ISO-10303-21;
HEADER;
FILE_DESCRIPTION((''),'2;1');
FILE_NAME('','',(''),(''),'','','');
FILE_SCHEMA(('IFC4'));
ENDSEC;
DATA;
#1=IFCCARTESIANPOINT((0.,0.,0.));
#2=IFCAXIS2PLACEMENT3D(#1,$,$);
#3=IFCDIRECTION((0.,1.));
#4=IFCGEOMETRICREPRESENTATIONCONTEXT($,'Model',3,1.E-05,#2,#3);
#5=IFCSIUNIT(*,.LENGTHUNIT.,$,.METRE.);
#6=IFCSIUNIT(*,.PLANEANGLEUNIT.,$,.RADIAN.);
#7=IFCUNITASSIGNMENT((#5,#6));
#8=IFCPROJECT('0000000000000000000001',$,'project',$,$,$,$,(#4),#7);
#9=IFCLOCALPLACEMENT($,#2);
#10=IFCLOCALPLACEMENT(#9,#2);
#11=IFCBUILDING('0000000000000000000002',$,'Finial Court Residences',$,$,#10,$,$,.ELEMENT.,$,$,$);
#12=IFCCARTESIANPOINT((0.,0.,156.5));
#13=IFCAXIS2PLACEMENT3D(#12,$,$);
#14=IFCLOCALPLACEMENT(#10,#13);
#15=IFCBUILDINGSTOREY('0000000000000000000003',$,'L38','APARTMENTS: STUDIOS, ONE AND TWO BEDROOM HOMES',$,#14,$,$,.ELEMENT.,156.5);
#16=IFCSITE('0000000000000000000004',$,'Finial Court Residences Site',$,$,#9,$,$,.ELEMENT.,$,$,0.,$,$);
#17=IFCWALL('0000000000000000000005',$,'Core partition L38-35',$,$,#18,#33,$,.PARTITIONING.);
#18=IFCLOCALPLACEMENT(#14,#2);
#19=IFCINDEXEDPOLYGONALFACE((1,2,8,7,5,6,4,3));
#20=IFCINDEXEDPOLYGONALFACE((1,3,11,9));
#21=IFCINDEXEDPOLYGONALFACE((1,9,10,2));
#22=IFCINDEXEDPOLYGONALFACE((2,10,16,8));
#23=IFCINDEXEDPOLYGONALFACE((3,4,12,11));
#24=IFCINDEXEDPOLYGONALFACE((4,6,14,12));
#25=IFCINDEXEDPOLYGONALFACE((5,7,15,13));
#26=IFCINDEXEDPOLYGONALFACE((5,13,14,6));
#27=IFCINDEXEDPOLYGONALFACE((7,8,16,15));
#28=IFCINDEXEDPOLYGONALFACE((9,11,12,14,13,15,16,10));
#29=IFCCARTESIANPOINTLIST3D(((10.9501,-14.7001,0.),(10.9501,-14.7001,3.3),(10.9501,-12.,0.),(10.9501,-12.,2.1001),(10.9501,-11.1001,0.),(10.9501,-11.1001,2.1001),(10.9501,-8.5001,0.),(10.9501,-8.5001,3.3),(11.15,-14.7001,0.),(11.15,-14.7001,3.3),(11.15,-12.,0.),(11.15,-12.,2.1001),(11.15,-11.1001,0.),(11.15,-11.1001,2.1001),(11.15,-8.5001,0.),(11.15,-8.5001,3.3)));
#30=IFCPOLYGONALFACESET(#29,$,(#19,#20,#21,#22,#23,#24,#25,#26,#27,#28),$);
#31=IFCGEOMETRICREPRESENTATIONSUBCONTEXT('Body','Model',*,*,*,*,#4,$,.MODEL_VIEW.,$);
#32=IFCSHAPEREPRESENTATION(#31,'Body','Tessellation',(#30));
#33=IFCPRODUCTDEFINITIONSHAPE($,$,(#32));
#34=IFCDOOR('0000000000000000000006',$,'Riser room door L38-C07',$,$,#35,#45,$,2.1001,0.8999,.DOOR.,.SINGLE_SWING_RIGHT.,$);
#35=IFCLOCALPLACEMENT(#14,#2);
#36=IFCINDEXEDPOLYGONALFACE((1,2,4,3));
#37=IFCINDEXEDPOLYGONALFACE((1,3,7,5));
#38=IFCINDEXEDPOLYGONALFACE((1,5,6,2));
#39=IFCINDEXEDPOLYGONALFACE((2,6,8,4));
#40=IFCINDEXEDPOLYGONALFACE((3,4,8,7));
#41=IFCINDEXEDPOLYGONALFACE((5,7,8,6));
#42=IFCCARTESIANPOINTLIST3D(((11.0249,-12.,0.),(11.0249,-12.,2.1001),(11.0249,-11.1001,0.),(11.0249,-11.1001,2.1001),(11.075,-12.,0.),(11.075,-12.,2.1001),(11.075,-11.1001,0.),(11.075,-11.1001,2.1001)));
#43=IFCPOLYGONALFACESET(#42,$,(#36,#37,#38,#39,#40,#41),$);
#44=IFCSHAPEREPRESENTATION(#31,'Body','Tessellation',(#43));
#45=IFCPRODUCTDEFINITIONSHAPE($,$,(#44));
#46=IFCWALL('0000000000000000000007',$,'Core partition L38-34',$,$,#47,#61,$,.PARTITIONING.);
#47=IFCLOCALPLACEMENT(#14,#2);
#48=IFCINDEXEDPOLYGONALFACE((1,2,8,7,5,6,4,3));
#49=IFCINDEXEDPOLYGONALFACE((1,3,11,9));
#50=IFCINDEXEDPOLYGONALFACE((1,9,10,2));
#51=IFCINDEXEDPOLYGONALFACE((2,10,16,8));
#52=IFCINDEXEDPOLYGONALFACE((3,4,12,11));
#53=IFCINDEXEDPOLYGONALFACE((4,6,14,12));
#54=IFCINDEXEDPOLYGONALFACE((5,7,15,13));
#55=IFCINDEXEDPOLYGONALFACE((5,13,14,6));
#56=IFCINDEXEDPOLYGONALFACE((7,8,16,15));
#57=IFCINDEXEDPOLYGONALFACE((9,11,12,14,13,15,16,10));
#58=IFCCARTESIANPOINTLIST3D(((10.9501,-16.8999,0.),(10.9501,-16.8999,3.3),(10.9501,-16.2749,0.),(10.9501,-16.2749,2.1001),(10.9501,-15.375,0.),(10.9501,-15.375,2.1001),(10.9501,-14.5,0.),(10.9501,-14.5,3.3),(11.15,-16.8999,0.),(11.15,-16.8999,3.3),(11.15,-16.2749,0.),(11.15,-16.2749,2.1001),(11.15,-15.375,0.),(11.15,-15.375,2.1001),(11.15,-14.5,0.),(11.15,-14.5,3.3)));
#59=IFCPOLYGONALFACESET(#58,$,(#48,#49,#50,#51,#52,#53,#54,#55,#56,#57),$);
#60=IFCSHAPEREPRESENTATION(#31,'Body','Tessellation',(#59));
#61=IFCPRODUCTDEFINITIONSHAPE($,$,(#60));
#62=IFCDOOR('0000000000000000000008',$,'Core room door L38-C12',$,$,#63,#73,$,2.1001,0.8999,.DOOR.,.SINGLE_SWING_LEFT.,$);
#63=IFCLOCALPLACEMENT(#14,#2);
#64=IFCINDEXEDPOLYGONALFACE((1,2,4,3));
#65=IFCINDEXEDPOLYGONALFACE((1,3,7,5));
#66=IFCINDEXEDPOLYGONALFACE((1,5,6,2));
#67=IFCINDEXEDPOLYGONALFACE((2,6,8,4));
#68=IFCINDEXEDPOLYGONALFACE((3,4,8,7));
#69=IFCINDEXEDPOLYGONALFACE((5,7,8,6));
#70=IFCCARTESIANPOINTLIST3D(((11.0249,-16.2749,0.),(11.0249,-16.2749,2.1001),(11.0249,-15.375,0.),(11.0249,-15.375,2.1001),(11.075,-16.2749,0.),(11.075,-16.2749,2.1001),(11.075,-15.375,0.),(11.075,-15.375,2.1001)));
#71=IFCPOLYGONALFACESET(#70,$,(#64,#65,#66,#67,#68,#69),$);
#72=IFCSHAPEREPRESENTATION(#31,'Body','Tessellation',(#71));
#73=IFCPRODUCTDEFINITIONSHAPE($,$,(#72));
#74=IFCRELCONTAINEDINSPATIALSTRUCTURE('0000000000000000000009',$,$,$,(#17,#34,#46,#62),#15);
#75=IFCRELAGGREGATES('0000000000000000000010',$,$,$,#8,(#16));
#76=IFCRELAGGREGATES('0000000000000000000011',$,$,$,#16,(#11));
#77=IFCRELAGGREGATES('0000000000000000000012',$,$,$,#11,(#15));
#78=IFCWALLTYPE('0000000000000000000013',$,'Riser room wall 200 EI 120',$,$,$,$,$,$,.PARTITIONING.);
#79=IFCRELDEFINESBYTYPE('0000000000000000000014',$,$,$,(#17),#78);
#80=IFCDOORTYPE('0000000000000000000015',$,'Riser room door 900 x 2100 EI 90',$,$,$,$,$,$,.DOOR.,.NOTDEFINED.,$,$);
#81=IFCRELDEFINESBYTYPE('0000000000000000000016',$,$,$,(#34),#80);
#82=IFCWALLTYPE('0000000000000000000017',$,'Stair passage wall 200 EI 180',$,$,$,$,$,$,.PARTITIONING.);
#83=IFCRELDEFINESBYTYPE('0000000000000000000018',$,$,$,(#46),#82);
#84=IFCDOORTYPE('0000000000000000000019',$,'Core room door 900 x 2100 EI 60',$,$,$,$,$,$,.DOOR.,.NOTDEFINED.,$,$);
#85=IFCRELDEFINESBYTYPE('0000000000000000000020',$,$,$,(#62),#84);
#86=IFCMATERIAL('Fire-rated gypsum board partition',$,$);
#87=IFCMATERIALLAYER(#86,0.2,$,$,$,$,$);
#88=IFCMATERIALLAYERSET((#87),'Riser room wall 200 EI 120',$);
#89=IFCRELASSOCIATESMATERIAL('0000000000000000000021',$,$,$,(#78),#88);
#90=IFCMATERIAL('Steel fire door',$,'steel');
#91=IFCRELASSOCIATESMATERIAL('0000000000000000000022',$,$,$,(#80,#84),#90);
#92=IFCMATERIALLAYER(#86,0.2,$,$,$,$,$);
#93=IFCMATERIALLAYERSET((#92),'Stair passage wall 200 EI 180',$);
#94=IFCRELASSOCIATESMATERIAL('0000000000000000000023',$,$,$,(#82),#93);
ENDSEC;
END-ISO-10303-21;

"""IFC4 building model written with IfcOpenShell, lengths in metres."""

from ifc_helpers import new_model, si_unit, direction, frame, frame_2d, origin, place, context, subcontext, project, spatial, rectangle, extrude, material, layer, layer_set, type_object, element, fill, save


model = new_model("IFC4")

# Units and contexts
model_context = context("Model", 3, precision=1e-05, world=origin(), true_north=direction((0.0, 1.0)))
body_context = subcontext(model_context, "Body", "Model", "MODEL_VIEW")
ifc_project = project(units=[si_unit("LENGTHUNIT", "METRE"), si_unit("PLANEANGLEUNIT", "RADIAN")], contexts=[model_context])

# Site, building, storey
site_placement = place(None, origin())
site = spatial("IfcSite", under=ifc_project, at=site_placement, Name="Finial Court Residences Site", CompositionType="ELEMENT", RefElevation=0.0)
building_placement = place(site_placement, origin())
building = spatial("IfcBuilding", under=site, at=building_placement, Name="Finial Court Residences", CompositionType="ELEMENT")
storey_placement = place(building_placement, frame((0.0, 0.0, 156.5)))
storey = spatial("IfcBuildingStorey", under=building, at=storey_placement, Name="L38", Description="APARTMENTS: STUDIOS, ONE AND TWO BEDROOM HOMES", CompositionType="ELEMENT", Elevation=156.5)

# Shared definitions
ifc_material_1 = material(Name="Fire-rated gypsum board partition")
ifc_material_2 = material(Name="Steel fire door", Category="steel")

# Shared definitions
ifc_layer_1 = layer(ifc_material_1, 0.2)
ifc_layer_set_1 = layer_set([ifc_layer_1], Name="Riser room wall 200 EI 120")
wall_type_1 = type_object("IfcWallType", Name="Riser room wall 200 EI 120", PredefinedType="PARTITIONING", material=ifc_layer_set_1)

# Shared definitions
door_type_1 = type_object("IfcDoorType", Name="Riser room door 900 x 2100 EI 90", OperationType="NOTDEFINED", PredefinedType="DOOR", material=ifc_material_2)

# Walls, openings, doors
wall_1_placement = place(storey_placement, frame((11.05, -8.5, 0.0), z_axis=(0.0, 0.0, 1.0), x_axis=(0.0, -1.0, 0.0)))
wall_1 = element("IfcWall", 1, at=wall_1_placement, inside=storey, type_object=wall_type_1, Name="Core partition L38-35", PredefinedType="PARTITIONING", context=body_context, shape_type="SweptSolid", body=[
    extrude(rectangle(XDim=6.2, YDim=0.2, at=frame_2d((3.1001, 0.0))), origin(), (0.0, 0.0, 1.0), 3.3),
])
opening_1_placement = place(wall_1_placement, frame((2.6001, 0.0, 0.0)))
opening_1 = element("IfcOpeningElement", 2, at=opening_1_placement, cuts=wall_1, PredefinedType="OPENING", context=body_context, shape_type="SweptSolid", body=[
    extrude(rectangle(XDim=0.8999, YDim=2.1001, at=frame_2d((0.45, 1.05))), frame((0.0, 0.1099, 0.0), z_axis=(0.0, -1.0, 0.0), x_axis=(1.0, 0.0, 0.0)), (0.0, 0.0, 1.0), 0.22),
])
door_1_placement = place(opening_1_placement, origin())
door_1 = element("IfcDoor", 3, at=door_1_placement, inside=storey, type_object=door_type_1, Name="Riser room door L38-C07", OperationType="SINGLE_SWING_RIGHT", OverallHeight=2.1001, OverallWidth=0.8999, PredefinedType="DOOR", context=body_context, shape_type="SweptSolid", body=[
    extrude(rectangle(XDim=0.8999, YDim=2.1001, at=frame_2d((0.45, 1.05))), frame((0.0, 0.0249, 0.0), z_axis=(0.0, -1.0, 0.0), x_axis=(1.0, 0.0, 0.0)), (0.0, 0.0, 1.0), 0.05),
])
fill(opening_1, door_1)
ifc_layer_2 = layer(ifc_material_1, 0.2)
ifc_layer_set_2 = layer_set([ifc_layer_2], Name="Stair passage wall 200 EI 180")
wall_type_2 = type_object("IfcWallType", Name="Stair passage wall 200 EI 180", PredefinedType="PARTITIONING", material=ifc_layer_set_2)
wall_2_placement = place(storey_placement, frame((11.05, -14.5, 0.0), z_axis=(0.0, 0.0, 1.0), x_axis=(0.0, -1.0, 0.0)))
wall_2 = element("IfcWall", 4, at=wall_2_placement, inside=storey, type_object=wall_type_2, Name="Core partition L38-34", PredefinedType="PARTITIONING", context=body_context, shape_type="SweptSolid", body=[
    extrude(rectangle(XDim=2.3999, YDim=0.2, at=frame_2d((1.2, 0.0))), origin(), (0.0, 0.0, 1.0), 3.3),
])
opening_2_placement = place(wall_2_placement, frame((0.875, 0.0, 0.0)))
opening_2 = element("IfcOpeningElement", 5, at=opening_2_placement, cuts=wall_2, PredefinedType="OPENING", context=body_context, shape_type="SweptSolid", body=[
    extrude(rectangle(XDim=0.8999, YDim=2.1001, at=frame_2d((0.45, 1.05))), frame((0.0, 0.1099, 0.0), z_axis=(0.0, -1.0, 0.0), x_axis=(1.0, 0.0, 0.0)), (0.0, 0.0, 1.0), 0.22),
])
door_type_2 = type_object("IfcDoorType", Name="Core room door 900 x 2100 EI 60", OperationType="NOTDEFINED", PredefinedType="DOOR", material=ifc_material_2)
door_2_placement = place(opening_2_placement, origin())
door_2 = element("IfcDoor", 6, at=door_2_placement, inside=storey, type_object=door_type_2, Name="Core room door L38-C12", OperationType="SINGLE_SWING_LEFT", OverallHeight=2.1001, OverallWidth=0.8999, PredefinedType="DOOR", context=body_context, shape_type="SweptSolid", body=[
    extrude(rectangle(XDim=0.8999, YDim=2.1001, at=frame_2d((0.45, 1.05))), frame((0.0, 0.0249, 0.0), z_axis=(0.0, -1.0, 0.0), x_axis=(1.0, 0.0, 0.0)), (0.0, 0.0, 1.0), 0.05),
])
fill(opening_2, door_2)

save(model, "model.ifc")
